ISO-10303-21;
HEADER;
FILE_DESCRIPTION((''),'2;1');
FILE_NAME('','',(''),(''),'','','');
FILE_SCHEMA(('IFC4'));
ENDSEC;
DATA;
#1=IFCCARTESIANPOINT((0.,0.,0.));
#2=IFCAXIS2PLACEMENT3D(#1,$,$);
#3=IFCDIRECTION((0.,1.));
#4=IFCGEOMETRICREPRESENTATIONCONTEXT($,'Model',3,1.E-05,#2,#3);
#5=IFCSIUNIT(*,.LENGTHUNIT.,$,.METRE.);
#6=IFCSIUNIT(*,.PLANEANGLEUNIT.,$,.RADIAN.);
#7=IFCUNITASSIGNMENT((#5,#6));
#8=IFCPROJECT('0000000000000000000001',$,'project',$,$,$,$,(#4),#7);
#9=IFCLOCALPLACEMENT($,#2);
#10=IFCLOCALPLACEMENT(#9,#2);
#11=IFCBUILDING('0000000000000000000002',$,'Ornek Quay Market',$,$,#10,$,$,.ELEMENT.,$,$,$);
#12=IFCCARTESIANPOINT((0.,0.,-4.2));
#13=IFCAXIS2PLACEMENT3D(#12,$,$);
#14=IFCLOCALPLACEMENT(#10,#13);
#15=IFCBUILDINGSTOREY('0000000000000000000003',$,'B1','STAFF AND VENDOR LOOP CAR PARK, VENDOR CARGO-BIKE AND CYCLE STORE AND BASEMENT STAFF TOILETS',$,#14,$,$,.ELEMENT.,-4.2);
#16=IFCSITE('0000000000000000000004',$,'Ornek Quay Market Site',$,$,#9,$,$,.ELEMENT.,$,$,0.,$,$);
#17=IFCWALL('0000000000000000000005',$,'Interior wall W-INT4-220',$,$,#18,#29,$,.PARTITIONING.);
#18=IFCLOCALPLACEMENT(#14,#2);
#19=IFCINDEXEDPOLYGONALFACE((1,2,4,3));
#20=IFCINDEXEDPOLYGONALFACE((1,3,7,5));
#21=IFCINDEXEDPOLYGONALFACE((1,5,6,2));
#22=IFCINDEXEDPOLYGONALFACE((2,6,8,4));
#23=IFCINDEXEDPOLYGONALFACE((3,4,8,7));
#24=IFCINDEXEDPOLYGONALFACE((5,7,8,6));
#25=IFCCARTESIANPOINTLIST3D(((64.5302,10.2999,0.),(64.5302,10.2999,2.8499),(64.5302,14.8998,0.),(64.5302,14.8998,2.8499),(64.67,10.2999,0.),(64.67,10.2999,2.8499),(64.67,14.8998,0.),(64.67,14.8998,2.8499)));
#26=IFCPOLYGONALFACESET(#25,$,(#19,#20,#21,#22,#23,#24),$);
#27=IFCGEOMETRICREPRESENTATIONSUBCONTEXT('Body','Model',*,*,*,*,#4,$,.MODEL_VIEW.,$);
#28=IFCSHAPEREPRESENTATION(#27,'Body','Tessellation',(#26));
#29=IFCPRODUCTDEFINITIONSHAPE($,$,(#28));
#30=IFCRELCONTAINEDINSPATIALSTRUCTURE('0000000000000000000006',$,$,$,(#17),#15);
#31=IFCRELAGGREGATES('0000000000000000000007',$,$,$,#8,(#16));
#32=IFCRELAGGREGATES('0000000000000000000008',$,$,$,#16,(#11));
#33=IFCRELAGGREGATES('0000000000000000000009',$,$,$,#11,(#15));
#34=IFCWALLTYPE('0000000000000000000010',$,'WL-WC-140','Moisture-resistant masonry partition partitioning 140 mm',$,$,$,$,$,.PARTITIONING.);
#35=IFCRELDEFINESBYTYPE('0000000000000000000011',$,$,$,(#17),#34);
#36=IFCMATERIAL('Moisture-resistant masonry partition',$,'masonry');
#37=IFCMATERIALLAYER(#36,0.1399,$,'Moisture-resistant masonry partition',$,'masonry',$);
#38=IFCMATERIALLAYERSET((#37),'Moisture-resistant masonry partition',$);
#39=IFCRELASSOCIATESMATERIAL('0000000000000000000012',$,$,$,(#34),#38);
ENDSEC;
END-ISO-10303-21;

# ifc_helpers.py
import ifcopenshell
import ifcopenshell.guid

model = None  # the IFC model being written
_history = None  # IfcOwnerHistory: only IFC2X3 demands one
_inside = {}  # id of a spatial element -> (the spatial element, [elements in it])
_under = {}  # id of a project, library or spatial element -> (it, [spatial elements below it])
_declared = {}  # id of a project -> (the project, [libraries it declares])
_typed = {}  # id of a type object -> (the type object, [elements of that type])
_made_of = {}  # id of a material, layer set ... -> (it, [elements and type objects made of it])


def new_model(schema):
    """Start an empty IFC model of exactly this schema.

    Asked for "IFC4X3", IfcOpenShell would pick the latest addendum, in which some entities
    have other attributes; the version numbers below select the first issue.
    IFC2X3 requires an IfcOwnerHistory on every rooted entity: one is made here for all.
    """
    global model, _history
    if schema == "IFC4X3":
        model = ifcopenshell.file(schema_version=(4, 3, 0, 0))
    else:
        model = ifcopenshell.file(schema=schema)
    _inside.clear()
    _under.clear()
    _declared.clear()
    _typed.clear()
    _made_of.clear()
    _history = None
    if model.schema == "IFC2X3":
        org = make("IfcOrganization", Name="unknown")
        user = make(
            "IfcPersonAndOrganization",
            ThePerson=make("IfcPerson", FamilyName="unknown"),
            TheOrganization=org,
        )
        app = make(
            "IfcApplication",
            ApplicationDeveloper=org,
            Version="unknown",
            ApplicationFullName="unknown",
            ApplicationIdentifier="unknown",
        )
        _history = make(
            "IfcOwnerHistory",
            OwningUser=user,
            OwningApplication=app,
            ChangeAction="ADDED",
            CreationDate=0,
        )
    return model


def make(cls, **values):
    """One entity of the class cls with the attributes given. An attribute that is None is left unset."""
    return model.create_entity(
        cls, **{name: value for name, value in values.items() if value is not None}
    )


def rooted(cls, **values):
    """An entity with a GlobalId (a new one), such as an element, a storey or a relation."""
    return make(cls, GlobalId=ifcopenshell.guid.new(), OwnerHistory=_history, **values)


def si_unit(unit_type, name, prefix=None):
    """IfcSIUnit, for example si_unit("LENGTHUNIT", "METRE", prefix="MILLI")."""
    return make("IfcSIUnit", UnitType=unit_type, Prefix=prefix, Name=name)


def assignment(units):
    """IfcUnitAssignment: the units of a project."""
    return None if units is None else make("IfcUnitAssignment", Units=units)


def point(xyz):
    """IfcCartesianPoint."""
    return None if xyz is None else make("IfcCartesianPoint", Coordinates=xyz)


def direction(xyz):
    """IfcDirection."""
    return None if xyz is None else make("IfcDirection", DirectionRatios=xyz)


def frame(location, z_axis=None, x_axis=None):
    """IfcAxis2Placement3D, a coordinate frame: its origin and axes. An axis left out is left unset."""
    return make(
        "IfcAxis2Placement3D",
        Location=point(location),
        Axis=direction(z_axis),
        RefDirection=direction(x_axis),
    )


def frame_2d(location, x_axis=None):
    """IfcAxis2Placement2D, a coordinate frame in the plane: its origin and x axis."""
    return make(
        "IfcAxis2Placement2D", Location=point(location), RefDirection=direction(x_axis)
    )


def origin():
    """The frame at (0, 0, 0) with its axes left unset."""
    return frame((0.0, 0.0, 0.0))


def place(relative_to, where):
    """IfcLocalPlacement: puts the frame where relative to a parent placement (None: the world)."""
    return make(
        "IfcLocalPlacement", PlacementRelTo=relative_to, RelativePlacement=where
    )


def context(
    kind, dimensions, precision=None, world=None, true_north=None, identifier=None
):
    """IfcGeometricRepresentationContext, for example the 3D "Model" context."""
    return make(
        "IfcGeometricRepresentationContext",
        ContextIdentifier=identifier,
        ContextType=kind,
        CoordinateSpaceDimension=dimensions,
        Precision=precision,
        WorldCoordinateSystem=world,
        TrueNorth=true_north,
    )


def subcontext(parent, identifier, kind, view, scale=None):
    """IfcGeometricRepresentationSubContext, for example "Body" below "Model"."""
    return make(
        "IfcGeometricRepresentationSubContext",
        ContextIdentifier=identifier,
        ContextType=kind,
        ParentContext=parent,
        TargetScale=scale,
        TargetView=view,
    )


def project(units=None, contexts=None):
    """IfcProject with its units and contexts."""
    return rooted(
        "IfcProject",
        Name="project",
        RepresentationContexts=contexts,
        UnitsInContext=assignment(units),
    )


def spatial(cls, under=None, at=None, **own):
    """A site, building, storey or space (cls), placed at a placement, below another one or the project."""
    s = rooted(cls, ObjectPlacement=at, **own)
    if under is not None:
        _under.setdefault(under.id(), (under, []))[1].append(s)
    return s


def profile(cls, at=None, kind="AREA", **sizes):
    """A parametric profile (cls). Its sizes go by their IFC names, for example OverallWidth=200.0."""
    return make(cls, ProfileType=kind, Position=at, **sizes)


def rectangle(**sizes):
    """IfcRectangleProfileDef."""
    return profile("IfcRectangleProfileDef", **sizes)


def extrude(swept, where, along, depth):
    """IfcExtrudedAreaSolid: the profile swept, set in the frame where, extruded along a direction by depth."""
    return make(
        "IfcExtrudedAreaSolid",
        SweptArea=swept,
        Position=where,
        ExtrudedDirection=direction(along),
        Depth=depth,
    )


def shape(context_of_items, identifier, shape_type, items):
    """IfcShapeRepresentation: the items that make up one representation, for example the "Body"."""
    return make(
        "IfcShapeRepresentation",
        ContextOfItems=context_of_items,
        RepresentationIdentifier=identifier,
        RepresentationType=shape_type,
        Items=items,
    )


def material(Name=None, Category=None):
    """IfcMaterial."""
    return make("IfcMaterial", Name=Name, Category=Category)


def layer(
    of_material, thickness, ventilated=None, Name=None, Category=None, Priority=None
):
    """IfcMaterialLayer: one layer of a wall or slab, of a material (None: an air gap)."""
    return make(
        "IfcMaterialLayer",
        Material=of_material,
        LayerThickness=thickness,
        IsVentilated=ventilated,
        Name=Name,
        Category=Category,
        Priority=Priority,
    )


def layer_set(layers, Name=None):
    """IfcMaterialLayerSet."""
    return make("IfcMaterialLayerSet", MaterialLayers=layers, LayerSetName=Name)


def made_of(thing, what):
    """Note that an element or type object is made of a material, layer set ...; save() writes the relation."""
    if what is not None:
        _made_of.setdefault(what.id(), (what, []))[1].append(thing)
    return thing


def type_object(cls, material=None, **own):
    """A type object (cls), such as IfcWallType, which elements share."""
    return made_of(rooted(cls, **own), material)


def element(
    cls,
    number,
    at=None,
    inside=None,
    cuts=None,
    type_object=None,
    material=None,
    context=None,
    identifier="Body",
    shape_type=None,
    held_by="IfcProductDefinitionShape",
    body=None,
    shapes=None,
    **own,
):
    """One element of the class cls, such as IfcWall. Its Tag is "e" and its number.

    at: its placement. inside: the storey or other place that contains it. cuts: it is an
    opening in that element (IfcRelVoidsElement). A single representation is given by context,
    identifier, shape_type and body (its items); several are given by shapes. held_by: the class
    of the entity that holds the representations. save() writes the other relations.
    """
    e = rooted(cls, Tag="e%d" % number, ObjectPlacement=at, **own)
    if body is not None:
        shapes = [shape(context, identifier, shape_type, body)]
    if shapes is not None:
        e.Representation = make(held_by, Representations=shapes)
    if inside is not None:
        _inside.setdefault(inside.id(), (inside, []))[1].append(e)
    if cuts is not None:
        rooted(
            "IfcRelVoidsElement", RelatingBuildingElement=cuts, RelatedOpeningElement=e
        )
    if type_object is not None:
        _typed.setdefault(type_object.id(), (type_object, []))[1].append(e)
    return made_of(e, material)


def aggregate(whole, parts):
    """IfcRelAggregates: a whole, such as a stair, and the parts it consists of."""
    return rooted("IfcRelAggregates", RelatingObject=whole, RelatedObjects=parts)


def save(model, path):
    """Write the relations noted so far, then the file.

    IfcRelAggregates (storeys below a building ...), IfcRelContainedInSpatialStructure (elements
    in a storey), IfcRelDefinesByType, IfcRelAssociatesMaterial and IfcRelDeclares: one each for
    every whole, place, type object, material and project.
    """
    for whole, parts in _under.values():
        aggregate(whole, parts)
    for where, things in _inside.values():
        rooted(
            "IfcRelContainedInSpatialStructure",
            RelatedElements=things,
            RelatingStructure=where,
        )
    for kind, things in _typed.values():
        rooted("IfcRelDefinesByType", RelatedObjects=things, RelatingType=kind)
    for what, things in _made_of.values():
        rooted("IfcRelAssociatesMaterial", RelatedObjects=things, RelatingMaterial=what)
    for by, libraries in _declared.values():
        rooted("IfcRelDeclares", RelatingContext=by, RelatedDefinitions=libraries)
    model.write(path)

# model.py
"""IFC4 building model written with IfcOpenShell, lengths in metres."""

from ifc_helpers import new_model, si_unit, direction, frame, frame_2d, origin, place, context, subcontext, project, spatial, rectangle, extrude, material, layer, layer_set, type_object, element, save


model = new_model("IFC4")

# Units and contexts
model_context = context("Model", 3, precision=1e-05, world=origin(), true_north=direction((0.0, 1.0)))
body_context = subcontext(model_context, "Body", "Model", "MODEL_VIEW")
ifc_project = project(units=[si_unit("LENGTHUNIT", "METRE"), si_unit("PLANEANGLEUNIT", "RADIAN")], contexts=[model_context])

# Site, building, storey
site_placement = place(None, origin())
site = spatial("IfcSite", under=ifc_project, at=site_placement, Name="Ornek Quay Market Site", CompositionType="ELEMENT", RefElevation=0.0)
building_placement = place(site_placement, origin())
building = spatial("IfcBuilding", under=site, at=building_placement, Name="Ornek Quay Market", CompositionType="ELEMENT")
storey_placement = place(building_placement, frame((0.0, 0.0, -4.2)))
storey = spatial("IfcBuildingStorey", under=building, at=storey_placement, Name="B1", Description="STAFF AND VENDOR LOOP CAR PARK, VENDOR CARGO-BIKE AND CYCLE STORE AND BASEMENT STAFF TOILETS", CompositionType="ELEMENT", Elevation=-4.2)

# Wall
ifc_material_1 = material(Name="Moisture-resistant masonry partition", Category="masonry")
ifc_layer_1 = layer(ifc_material_1, 0.1399, Name="Moisture-resistant masonry partition", Category="masonry")
ifc_layer_set_1 = layer_set([ifc_layer_1], Name="Moisture-resistant masonry partition")
wall_type_1 = type_object("IfcWallType", Name="WL-WC-140", Description="Moisture-resistant masonry partition partitioning 140 mm", PredefinedType="PARTITIONING", material=ifc_layer_set_1)
wall_1_placement = place(storey_placement, frame((64.6001, 10.3, 0.0), z_axis=(0.0, 0.0, 1.0), x_axis=(0.0, 1.0, 0.0)))
element("IfcWall", 1, at=wall_1_placement, inside=storey, type_object=wall_type_1, Name="Interior wall W-INT4-220", PredefinedType="PARTITIONING", context=body_context, shape_type="SweptSolid", body=[
    extrude(rectangle(XDim=4.5999, YDim=0.1399, at=frame_2d((2.2998, 0.0))), origin(), (0.0, 0.0, 1.0), 2.8499),
])

save(model, "model.ifc")
